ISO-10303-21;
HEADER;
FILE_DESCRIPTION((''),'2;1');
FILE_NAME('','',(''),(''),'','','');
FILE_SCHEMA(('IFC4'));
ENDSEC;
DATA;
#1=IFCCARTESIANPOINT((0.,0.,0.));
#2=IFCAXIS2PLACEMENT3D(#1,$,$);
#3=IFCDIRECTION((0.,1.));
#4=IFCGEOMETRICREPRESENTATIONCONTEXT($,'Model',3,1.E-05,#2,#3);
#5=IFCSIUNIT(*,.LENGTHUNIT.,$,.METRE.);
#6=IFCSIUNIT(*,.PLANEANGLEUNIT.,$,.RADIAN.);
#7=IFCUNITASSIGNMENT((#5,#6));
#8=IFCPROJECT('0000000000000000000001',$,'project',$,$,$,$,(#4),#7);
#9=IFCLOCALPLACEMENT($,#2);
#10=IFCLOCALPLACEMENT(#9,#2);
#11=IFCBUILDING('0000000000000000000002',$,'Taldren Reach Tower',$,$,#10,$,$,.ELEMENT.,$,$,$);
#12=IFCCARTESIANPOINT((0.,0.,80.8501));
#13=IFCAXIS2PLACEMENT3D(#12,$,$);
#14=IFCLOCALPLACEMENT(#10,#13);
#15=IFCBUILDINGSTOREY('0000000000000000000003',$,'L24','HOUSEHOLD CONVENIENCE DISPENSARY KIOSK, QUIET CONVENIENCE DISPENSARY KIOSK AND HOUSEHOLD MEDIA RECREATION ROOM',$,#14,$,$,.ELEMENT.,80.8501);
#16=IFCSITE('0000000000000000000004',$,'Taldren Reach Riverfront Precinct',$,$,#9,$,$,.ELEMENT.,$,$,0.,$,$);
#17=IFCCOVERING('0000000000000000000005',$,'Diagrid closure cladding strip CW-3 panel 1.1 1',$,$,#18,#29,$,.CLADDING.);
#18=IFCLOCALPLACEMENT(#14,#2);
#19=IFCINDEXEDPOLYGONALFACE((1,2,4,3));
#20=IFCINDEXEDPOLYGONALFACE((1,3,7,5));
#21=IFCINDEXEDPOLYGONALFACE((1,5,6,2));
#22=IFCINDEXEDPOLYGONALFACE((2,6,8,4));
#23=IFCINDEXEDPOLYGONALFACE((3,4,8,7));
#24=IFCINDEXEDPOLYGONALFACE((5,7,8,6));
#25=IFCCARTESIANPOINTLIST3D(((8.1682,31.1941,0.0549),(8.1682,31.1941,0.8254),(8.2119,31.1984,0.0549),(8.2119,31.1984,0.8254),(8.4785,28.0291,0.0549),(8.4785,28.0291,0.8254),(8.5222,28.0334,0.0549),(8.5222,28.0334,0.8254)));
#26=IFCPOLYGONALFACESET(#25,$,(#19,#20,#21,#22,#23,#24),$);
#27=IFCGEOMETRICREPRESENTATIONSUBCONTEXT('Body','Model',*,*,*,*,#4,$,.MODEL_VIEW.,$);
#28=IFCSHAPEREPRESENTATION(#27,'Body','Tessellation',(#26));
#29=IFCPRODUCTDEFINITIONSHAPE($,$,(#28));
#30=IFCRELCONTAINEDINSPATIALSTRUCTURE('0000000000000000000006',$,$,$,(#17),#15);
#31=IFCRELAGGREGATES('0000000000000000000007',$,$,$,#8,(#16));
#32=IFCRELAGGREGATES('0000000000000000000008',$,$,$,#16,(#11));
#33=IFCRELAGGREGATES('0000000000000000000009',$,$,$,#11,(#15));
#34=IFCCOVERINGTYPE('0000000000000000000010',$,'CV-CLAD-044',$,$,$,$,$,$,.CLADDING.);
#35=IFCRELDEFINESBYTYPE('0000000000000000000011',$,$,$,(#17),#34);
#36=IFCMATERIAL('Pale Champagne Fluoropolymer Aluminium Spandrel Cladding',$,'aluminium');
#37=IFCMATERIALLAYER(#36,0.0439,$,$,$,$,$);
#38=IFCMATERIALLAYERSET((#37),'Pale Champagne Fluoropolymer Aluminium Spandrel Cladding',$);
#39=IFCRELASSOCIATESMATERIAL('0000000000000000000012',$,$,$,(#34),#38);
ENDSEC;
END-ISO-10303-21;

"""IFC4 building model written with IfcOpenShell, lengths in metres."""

from ifc_helpers import new_model, si_unit, direction, frame, origin, origin_2d, place, context, subcontext, project, spatial, rectangle, extrude, source, transform, mapped, material, layer, layer_set, type_object, element, save


model = new_model("IFC4")

# Units and contexts
model_context = context("Model", 3, precision=1e-05, world=origin(), true_north=direction((0.0, 1.0)))
body_context = subcontext(model_context, "Body", "Model", "MODEL_VIEW")
ifc_project = project(units=[si_unit("LENGTHUNIT", "METRE"), si_unit("PLANEANGLEUNIT", "RADIAN")], contexts=[model_context])

# Site, building, storey
site_placement = place(None, origin())
site = spatial("IfcSite", under=ifc_project, at=site_placement, Name="Taldren Reach Riverfront Precinct", CompositionType="ELEMENT", RefElevation=0.0)
building_placement = place(site_placement, origin())
building = spatial("IfcBuilding", under=site, at=building_placement, Name="Taldren Reach Tower", CompositionType="ELEMENT")
storey_placement = place(building_placement, frame((0.0, 0.0, 80.8501)))
storey = spatial("IfcBuildingStorey", under=building, at=storey_placement, Name="L24", Description="HOUSEHOLD CONVENIENCE DISPENSARY KIOSK, QUIET CONVENIENCE DISPENSARY KIOSK AND HOUSEHOLD MEDIA RECREATION ROOM", CompositionType="ELEMENT", Elevation=80.8501)

# Covering
ifc_material_1 = material(Name="Pale Champagne Fluoropolymer Aluminium Spandrel Cladding", Category="aluminium")
ifc_layer_1 = layer(ifc_material_1, 0.0439)
ifc_layer_set_1 = layer_set([ifc_layer_1], Name="Pale Champagne Fluoropolymer Aluminium Spandrel Cladding")
covering_type = type_object("IfcCoveringType", Name="CV-CLAD-044", PredefinedType="CLADDING", material=ifc_layer_set_1)
shared_shape_1 = source(origin(), body_context, "Body", "SweptSolid", [
    extrude(rectangle(XDim=3.1802, YDim=0.0439, at=origin_2d()), origin(), (0.0, 0.0, 1.0), 0.7705),
])
covering_1_placement = place(storey_placement, frame((8.3452, 29.6138, 0.0549), z_axis=(0.0, 0.0, 1.0), x_axis=(0.097583, -0.995227, 0.0)))
element("IfcCovering", 1, at=covering_1_placement, inside=storey, type_object=covering_type, Name="Diagrid closure cladding strip CW-3 panel 1.1 1", PredefinedType="CLADDING", context=body_context, shape_type="MappedRepresentation", body=[
    mapped(shared_shape_1, transform((0.0, 0.0, 0.0), scale=1.0)),
])

save(model, "model.ifc")
